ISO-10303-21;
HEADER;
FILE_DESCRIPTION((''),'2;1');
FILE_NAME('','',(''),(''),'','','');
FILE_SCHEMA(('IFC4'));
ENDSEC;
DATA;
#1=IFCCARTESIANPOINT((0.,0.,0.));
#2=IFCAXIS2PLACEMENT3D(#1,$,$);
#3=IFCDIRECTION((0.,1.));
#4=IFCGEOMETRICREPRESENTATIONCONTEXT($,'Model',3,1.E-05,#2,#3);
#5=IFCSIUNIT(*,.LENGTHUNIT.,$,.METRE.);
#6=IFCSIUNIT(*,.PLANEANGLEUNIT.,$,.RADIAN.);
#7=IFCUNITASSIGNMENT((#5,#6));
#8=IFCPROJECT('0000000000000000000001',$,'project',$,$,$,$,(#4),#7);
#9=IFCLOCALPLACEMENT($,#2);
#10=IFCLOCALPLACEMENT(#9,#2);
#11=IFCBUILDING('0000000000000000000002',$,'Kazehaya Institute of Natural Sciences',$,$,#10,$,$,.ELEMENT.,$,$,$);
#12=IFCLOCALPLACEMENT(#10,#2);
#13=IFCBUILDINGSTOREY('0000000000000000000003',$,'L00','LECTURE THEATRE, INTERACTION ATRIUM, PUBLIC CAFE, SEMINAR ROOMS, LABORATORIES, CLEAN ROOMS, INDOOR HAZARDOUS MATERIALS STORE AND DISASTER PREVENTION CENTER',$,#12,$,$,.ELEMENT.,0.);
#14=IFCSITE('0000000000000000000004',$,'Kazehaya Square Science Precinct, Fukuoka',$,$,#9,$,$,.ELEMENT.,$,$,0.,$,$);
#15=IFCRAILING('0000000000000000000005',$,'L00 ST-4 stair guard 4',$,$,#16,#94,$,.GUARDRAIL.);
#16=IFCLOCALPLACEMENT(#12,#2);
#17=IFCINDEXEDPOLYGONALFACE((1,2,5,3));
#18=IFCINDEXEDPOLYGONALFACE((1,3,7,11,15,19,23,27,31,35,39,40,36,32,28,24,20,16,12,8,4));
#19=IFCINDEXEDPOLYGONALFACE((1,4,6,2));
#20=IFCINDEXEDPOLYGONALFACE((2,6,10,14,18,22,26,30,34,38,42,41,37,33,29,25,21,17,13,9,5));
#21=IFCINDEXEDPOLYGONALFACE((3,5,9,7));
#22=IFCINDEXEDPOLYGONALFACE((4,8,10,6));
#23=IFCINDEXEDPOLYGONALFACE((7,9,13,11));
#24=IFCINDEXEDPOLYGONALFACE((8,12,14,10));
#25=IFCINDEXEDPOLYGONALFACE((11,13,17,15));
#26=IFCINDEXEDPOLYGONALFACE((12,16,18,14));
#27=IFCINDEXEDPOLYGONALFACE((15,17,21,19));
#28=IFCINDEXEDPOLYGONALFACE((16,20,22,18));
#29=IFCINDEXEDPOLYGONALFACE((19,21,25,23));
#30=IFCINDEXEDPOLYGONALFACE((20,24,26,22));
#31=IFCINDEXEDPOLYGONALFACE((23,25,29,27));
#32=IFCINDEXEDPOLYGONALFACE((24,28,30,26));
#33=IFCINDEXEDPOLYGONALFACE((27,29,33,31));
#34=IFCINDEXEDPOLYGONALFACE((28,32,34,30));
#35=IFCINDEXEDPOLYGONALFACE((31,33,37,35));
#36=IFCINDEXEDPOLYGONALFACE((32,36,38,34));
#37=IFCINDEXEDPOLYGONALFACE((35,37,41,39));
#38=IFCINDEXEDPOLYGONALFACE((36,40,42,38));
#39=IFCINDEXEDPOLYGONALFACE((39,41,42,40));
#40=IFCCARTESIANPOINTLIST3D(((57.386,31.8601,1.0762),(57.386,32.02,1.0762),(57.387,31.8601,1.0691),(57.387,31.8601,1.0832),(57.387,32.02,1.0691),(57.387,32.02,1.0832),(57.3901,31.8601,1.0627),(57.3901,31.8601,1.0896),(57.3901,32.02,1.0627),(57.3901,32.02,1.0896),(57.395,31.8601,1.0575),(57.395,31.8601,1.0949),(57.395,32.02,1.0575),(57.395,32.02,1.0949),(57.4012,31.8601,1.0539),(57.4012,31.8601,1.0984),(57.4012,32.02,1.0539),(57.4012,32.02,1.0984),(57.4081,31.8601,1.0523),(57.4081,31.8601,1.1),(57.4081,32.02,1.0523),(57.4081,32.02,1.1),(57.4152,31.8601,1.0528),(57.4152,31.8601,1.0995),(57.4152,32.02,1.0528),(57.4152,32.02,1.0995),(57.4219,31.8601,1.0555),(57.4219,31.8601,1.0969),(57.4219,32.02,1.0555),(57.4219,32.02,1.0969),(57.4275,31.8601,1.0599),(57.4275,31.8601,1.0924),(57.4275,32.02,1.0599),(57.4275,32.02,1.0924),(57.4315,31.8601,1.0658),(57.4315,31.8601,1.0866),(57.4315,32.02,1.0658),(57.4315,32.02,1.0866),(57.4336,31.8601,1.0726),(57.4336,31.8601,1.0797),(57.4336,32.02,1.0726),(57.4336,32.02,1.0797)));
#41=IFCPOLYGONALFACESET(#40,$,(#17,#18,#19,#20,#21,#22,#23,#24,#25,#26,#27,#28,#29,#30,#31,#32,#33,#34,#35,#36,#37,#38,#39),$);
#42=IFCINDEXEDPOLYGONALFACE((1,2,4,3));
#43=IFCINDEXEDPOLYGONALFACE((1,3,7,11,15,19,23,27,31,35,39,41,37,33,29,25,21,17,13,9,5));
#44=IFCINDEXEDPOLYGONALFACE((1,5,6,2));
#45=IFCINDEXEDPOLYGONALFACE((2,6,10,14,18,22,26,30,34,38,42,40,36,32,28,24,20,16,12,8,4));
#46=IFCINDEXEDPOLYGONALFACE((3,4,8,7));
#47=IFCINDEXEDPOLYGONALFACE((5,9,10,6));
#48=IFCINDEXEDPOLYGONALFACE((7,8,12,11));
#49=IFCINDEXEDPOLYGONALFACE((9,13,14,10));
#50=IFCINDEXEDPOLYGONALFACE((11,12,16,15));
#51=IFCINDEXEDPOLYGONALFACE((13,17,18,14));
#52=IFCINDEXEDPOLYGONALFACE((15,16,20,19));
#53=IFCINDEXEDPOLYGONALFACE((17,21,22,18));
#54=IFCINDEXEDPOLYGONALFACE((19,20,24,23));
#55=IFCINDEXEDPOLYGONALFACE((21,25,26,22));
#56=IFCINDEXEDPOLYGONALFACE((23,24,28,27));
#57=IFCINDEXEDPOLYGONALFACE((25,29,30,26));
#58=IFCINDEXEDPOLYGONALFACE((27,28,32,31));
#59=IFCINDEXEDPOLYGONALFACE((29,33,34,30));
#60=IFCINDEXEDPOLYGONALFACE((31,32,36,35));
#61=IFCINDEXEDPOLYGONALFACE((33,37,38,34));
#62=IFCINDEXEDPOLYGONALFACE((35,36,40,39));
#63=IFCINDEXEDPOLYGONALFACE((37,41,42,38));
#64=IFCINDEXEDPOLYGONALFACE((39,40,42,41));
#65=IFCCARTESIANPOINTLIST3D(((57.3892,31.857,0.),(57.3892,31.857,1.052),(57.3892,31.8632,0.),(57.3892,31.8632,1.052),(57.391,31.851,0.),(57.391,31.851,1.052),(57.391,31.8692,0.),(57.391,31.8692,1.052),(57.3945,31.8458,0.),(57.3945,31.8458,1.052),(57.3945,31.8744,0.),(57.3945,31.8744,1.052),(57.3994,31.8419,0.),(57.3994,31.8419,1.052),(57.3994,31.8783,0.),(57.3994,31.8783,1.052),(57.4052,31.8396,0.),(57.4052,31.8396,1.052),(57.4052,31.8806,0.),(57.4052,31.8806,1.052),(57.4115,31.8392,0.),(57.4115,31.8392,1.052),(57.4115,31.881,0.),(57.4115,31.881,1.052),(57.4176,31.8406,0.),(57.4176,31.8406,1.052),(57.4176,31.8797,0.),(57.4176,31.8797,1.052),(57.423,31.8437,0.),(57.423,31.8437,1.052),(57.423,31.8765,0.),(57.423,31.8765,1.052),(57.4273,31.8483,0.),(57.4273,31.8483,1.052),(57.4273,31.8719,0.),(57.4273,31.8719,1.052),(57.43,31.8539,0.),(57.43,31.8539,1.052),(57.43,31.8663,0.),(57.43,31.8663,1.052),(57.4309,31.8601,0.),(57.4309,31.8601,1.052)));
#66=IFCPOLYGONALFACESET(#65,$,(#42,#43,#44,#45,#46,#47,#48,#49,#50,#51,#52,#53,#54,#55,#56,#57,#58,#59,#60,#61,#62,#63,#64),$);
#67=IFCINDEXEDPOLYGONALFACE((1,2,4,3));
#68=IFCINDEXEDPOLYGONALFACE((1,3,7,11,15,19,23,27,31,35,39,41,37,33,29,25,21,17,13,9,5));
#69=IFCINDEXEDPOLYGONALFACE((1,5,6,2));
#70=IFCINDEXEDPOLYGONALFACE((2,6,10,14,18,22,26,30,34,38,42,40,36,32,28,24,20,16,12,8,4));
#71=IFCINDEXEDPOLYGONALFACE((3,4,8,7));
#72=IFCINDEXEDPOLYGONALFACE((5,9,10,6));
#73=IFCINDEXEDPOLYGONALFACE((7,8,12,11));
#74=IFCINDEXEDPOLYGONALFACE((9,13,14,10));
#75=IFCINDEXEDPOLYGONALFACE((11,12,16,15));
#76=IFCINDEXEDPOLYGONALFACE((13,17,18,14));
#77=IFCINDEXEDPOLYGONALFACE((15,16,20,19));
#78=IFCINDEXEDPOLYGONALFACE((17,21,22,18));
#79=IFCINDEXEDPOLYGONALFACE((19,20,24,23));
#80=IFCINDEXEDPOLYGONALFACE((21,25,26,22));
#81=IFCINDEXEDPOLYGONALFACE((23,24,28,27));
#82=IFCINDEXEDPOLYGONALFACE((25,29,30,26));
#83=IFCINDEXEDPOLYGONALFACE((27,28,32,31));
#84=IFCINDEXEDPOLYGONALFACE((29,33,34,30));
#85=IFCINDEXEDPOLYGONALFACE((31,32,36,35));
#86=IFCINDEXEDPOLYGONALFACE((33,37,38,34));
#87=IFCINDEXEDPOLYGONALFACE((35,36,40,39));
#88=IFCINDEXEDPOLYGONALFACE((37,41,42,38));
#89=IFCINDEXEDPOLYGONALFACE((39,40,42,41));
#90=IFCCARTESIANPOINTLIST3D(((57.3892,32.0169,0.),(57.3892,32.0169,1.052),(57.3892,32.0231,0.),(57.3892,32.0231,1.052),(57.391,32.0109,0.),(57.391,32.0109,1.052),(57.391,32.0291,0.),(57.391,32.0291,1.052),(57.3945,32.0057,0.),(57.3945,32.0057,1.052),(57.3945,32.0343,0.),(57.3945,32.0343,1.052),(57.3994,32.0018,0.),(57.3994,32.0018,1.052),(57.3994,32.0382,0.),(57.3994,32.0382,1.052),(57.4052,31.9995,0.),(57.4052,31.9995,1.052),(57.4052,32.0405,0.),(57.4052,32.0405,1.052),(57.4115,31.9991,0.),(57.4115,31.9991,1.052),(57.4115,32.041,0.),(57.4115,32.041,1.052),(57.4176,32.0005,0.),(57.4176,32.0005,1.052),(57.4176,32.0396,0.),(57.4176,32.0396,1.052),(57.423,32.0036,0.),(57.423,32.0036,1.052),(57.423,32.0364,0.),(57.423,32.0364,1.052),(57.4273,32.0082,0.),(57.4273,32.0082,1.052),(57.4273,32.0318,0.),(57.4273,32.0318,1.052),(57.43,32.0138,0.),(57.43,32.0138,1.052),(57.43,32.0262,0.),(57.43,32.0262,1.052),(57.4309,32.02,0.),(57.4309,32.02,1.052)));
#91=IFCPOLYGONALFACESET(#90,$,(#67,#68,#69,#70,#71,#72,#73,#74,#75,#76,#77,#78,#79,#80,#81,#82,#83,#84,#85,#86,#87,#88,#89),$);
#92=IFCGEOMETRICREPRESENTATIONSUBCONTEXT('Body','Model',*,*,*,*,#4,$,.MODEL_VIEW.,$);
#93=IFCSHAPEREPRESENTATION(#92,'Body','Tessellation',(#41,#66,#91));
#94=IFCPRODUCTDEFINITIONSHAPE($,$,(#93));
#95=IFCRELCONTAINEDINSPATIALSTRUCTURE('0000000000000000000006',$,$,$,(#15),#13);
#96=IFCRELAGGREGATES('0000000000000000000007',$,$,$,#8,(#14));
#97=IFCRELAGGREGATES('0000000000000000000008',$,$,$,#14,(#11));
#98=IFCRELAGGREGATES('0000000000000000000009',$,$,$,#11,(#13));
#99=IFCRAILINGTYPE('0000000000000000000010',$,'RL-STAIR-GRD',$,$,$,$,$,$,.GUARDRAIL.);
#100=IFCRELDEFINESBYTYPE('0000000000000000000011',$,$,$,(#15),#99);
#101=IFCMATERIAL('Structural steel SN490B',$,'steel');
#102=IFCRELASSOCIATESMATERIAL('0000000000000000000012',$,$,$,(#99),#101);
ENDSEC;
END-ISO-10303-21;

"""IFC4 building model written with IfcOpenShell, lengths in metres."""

from ifc_helpers import new_model, si_unit, direction, frame, origin, origin_2d, place, context, subcontext, project, spatial, circle, extrude, material, type_object, element, save


model = new_model("IFC4")

# Units and contexts
model_context = context("Model", 3, precision=1e-05, world=origin(), true_north=direction((0.0, 1.0)))
body_context = subcontext(model_context, "Body", "Model", "MODEL_VIEW")
ifc_project = project(units=[si_unit("LENGTHUNIT", "METRE"), si_unit("PLANEANGLEUNIT", "RADIAN")], contexts=[model_context])

# Site, building, storey
site_placement = place(None, origin())
site = spatial("IfcSite", under=ifc_project, at=site_placement, Name="Kazehaya Square Science Precinct, Fukuoka", CompositionType="ELEMENT", RefElevation=0.0)
building_placement = place(site_placement, origin())
building = spatial("IfcBuilding", under=site, at=building_placement, Name="Kazehaya Institute of Natural Sciences", CompositionType="ELEMENT")
storey_placement = place(building_placement, origin())
storey = spatial("IfcBuildingStorey", under=building, at=storey_placement, Name="L00", Description="LECTURE THEATRE, INTERACTION ATRIUM, PUBLIC CAFE, SEMINAR ROOMS, LABORATORIES, CLEAN ROOMS, INDOOR HAZARDOUS MATERIALS STORE AND DISASTER PREVENTION CENTER", CompositionType="ELEMENT", Elevation=0.0)

# Railing
ifc_material_1 = material(Name="Structural steel SN490B", Category="steel")
railing_type_1 = type_object("IfcRailingType", Name="RL-STAIR-GRD", PredefinedType="GUARDRAIL", material=ifc_material_1)
railing_1_placement = place(storey_placement, frame((57.4099, 31.8601, 0.0)))
element("IfcRailing", 1, at=railing_1_placement, inside=storey, type_object=railing_type_1, Name="L00 ST-4 stair guard 4", PredefinedType="GUARDRAIL", context=body_context, shape_type="SweptSolid", body=[
    extrude(circle(Radius=0.0239, at=origin_2d()), frame((0.0, 0.0, 1.0762), z_axis=(0.0, 1.0, 0.0), x_axis=(-1.0, 0.0, 0.0)), (0.0, 0.0, 1.0), 0.1599),
    extrude(circle(Radius=0.021, at=origin_2d()), origin(), (0.0, 0.0, 1.0), 1.052),
    extrude(circle(Radius=0.021, at=origin_2d()), frame((0.0, 0.1599, 0.0)), (0.0, 0.0, 1.0), 1.052),
])

save(model, "model.ifc")
